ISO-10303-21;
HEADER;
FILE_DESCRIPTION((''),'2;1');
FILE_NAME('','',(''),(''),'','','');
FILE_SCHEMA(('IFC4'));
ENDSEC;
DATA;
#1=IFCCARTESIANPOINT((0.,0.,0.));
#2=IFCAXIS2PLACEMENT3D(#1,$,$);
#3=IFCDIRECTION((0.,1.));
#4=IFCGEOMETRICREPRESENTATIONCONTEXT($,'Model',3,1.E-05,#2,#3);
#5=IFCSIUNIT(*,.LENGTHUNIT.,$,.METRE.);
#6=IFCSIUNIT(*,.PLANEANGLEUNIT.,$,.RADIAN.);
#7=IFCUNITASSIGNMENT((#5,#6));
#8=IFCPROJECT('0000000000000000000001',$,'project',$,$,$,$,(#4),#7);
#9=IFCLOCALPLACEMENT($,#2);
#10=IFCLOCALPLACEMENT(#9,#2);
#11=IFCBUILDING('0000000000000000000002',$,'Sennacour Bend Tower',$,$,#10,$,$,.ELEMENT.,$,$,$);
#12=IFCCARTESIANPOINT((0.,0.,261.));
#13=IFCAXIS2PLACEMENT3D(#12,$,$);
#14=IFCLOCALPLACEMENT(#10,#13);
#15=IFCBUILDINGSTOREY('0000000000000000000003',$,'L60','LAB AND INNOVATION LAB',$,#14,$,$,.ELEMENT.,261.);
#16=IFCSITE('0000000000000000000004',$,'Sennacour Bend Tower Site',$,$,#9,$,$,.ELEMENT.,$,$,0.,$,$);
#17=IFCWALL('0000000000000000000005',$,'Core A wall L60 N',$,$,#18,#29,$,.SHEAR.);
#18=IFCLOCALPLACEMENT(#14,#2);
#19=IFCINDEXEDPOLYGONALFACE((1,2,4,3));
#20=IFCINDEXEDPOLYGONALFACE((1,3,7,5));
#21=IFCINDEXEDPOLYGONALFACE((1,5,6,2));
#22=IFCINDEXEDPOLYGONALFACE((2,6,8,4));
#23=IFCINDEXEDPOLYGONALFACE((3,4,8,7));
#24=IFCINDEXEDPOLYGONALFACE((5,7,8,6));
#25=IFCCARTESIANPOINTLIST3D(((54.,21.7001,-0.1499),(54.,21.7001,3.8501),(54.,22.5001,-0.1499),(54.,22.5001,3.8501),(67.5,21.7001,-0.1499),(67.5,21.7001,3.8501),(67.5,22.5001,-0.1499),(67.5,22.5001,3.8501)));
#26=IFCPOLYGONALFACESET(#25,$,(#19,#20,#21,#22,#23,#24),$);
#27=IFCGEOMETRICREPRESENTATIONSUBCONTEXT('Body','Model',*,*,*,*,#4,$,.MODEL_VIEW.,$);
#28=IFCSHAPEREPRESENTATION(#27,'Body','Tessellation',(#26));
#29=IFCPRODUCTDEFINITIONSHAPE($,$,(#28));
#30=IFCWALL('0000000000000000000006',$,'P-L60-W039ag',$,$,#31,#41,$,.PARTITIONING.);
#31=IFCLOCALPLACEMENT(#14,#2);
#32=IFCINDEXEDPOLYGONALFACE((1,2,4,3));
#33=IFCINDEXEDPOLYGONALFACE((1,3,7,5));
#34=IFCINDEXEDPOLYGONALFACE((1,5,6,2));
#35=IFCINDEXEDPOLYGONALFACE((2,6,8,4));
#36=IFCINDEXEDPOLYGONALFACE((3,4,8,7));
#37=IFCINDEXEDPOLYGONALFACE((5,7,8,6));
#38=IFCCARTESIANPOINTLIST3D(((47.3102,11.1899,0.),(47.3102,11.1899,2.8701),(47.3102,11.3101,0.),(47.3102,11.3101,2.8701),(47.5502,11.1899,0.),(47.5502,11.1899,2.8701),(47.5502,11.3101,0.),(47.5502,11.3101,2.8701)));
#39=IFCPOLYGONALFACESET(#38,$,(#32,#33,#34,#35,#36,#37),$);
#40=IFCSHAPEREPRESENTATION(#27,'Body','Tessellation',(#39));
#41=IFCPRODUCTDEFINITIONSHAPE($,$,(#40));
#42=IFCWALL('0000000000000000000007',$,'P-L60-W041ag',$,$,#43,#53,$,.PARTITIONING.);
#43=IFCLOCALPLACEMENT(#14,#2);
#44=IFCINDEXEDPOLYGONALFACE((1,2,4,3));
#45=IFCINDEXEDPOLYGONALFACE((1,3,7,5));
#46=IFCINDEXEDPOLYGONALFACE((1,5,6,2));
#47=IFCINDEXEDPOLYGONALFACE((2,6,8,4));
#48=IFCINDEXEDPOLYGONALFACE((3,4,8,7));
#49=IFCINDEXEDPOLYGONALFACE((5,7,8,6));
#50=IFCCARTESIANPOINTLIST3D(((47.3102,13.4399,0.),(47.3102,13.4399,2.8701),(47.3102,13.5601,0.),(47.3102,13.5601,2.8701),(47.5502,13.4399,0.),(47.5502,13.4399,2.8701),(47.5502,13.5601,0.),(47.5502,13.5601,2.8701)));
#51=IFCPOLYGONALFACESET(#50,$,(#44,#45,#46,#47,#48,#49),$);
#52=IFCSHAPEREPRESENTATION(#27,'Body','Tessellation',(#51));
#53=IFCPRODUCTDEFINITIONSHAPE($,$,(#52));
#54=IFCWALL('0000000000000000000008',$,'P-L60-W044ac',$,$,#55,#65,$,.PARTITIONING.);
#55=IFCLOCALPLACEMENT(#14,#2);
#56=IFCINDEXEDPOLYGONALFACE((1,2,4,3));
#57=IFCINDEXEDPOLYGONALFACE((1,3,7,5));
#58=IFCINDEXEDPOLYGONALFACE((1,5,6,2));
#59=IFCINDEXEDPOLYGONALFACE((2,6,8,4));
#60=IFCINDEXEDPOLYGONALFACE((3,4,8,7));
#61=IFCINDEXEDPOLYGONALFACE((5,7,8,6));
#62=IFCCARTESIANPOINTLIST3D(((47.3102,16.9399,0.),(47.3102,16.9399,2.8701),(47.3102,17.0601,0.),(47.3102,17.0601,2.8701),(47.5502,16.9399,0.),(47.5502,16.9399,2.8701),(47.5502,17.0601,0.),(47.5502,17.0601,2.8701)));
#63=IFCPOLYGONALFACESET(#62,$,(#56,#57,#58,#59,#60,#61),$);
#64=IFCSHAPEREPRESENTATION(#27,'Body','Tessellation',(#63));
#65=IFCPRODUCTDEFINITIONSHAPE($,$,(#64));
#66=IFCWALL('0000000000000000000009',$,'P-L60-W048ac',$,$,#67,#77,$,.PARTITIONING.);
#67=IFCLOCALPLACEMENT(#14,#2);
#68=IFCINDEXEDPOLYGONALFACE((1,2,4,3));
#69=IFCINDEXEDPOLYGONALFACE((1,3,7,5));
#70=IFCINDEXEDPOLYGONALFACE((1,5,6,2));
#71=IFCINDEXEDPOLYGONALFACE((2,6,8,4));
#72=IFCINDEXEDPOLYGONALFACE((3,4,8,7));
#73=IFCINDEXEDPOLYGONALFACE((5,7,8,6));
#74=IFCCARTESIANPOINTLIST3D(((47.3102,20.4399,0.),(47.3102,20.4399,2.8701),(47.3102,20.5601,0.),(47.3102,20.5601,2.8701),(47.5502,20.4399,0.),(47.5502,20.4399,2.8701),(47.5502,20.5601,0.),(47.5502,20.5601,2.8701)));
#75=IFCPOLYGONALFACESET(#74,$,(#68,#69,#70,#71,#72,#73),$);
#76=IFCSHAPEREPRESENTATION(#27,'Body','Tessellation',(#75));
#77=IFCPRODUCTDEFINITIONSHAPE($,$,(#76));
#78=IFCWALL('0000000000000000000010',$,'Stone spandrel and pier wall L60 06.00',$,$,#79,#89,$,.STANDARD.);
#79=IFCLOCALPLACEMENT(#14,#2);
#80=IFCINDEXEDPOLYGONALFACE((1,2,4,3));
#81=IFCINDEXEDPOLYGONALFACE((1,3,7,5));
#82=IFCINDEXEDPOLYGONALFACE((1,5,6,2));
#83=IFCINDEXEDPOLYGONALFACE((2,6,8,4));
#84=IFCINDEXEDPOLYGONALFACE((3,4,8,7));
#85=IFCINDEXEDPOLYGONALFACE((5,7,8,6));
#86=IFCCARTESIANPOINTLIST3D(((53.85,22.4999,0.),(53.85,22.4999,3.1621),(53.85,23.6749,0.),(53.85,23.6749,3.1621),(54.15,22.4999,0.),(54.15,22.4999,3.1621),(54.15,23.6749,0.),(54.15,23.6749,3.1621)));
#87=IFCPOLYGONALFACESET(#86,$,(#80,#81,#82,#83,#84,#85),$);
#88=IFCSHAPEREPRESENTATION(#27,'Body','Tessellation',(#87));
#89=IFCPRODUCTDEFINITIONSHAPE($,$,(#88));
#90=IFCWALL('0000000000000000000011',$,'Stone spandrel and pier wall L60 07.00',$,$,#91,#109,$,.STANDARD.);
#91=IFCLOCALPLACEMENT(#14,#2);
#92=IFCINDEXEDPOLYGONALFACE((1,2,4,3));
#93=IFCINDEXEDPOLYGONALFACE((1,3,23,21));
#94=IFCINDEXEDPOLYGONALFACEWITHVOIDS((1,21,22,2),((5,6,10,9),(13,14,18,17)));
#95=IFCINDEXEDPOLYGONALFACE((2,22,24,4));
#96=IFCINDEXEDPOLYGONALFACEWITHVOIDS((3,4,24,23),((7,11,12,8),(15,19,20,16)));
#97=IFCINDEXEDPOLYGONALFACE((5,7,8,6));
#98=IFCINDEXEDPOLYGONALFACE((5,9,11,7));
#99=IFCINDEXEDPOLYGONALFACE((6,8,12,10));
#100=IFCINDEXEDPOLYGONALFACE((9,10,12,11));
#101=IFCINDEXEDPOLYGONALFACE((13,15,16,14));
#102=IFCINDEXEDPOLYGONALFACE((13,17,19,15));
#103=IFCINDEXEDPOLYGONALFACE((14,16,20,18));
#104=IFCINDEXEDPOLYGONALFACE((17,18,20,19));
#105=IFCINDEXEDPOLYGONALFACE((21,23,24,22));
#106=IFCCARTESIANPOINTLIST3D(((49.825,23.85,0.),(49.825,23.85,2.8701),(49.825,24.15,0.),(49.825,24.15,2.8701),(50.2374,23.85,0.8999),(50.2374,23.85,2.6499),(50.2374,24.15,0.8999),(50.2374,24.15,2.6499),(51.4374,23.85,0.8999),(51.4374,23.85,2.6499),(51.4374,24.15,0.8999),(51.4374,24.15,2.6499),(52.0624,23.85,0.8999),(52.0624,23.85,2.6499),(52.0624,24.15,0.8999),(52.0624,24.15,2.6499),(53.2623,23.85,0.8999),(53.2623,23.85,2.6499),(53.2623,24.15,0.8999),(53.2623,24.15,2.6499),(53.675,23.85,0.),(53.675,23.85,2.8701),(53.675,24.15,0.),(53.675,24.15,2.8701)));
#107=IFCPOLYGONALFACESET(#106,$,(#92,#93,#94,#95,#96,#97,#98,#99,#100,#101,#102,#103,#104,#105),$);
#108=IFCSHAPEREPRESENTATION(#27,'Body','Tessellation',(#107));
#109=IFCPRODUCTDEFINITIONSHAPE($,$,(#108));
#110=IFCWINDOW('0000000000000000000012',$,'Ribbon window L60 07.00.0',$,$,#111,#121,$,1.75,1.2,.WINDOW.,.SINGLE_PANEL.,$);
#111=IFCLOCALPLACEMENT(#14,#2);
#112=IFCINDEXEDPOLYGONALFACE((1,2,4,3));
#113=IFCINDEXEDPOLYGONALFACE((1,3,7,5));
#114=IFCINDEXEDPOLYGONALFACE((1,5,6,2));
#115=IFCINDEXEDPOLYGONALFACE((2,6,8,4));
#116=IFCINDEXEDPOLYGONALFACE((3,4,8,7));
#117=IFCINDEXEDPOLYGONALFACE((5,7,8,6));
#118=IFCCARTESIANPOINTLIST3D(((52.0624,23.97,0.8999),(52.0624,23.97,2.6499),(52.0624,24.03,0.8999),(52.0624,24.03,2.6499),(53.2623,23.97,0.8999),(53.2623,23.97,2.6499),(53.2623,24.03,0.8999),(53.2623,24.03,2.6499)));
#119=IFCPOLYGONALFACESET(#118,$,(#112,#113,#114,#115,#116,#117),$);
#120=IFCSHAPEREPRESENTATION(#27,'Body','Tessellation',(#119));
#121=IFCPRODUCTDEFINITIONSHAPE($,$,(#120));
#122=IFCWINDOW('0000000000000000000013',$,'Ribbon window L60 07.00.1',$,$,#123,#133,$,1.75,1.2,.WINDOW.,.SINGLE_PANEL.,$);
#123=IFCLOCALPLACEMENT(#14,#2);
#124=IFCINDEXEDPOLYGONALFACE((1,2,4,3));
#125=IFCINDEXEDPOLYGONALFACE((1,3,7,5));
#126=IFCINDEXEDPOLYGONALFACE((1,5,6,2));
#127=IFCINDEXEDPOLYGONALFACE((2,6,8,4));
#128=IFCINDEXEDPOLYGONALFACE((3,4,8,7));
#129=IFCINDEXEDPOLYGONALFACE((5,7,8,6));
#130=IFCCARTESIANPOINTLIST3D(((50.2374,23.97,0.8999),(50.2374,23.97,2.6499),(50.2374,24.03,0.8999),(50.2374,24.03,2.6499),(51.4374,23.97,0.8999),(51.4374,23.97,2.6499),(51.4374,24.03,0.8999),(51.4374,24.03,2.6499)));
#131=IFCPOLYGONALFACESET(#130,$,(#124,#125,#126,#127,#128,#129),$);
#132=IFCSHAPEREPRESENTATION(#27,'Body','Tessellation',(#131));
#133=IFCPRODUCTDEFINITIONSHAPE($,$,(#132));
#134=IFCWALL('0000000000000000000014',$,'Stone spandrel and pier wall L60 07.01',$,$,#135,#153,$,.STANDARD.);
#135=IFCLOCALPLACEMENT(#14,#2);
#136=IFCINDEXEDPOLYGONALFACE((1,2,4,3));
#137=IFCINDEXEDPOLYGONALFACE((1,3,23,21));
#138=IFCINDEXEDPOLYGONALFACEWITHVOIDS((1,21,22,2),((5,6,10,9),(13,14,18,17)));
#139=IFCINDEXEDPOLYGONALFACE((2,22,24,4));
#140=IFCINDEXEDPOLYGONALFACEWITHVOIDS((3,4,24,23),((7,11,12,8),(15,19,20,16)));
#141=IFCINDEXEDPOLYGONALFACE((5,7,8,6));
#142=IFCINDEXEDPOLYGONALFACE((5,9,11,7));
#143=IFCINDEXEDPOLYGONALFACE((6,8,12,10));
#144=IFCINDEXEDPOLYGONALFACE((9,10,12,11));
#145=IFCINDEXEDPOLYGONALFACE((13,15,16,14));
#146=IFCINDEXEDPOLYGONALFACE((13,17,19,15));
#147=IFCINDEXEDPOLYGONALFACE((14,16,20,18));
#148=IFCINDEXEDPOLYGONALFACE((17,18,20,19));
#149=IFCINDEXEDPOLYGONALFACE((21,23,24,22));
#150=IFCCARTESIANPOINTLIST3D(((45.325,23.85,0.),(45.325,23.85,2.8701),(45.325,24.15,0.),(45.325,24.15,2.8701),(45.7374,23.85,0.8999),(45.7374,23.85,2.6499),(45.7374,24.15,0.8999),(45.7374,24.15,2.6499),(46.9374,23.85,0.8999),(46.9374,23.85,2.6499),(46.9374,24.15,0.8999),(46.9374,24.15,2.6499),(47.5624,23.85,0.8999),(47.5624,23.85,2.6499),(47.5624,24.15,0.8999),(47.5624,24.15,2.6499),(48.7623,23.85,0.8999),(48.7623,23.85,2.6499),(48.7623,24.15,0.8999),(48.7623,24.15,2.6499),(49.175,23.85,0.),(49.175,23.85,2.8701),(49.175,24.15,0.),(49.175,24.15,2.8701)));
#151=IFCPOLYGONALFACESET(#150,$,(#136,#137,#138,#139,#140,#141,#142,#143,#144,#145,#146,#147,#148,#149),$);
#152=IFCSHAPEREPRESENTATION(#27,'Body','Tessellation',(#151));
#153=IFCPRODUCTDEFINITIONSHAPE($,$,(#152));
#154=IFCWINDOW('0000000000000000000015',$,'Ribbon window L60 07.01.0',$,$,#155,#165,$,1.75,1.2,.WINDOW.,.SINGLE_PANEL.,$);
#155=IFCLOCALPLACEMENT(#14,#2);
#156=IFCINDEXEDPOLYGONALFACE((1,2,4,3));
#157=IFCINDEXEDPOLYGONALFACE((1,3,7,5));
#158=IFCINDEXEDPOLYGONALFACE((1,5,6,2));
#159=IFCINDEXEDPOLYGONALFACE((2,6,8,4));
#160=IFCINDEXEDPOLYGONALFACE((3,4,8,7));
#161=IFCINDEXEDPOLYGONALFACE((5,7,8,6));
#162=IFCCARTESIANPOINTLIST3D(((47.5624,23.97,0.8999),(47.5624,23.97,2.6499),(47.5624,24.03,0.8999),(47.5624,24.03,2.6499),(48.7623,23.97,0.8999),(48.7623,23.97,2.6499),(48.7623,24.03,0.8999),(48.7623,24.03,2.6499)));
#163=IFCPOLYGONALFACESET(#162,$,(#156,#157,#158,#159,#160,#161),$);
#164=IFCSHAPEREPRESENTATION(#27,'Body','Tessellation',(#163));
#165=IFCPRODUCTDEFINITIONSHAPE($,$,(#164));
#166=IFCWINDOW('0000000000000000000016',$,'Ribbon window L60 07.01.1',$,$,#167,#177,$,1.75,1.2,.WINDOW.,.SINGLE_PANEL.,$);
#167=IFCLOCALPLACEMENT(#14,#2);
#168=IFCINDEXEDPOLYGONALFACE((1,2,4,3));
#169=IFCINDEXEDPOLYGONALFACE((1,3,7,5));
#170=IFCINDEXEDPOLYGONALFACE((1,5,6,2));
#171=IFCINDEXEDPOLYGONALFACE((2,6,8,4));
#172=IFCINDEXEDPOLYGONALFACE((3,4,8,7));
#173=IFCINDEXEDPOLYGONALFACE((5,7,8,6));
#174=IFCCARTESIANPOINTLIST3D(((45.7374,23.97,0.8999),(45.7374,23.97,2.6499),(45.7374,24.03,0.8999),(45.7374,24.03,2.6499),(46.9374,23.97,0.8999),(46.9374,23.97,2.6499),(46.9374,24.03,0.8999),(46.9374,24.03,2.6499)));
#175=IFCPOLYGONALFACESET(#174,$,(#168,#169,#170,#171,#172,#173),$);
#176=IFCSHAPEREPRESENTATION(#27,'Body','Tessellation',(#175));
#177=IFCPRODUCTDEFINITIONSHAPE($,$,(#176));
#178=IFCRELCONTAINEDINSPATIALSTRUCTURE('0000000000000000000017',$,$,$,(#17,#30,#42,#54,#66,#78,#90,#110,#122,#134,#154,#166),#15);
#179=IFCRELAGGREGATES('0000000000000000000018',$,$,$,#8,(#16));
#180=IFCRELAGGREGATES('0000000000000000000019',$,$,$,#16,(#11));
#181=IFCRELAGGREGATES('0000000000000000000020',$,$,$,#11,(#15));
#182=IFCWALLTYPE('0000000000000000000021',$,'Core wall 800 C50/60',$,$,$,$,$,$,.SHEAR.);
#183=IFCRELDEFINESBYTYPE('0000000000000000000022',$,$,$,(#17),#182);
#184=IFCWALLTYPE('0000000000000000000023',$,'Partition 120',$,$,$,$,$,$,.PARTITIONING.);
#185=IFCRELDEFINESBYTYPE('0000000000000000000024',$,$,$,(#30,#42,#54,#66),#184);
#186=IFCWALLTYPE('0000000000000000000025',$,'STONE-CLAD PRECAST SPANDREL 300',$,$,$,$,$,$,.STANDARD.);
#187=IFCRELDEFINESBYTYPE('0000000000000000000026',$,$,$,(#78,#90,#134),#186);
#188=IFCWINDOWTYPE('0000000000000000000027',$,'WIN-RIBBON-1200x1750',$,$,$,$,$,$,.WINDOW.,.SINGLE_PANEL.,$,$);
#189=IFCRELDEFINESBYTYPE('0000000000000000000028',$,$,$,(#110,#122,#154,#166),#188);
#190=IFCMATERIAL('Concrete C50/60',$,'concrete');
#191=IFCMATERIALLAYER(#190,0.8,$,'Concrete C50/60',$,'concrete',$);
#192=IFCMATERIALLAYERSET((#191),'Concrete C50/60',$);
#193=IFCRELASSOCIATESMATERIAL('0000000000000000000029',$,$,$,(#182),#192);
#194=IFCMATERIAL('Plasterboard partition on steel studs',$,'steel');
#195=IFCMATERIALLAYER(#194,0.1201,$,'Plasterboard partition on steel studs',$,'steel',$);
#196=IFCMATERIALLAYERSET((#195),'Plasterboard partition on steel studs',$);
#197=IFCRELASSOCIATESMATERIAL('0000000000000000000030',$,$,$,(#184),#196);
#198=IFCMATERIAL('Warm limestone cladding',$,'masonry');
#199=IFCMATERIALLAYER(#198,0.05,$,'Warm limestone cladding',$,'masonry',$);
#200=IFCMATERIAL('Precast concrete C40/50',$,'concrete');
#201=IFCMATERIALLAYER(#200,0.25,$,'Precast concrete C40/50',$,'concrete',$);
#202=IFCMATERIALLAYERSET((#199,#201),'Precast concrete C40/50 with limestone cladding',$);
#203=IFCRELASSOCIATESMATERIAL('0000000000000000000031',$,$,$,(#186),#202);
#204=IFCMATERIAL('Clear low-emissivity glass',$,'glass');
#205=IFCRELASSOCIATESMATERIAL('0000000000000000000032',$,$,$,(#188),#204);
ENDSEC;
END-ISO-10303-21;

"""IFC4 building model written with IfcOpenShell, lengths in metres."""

from ifc_helpers import new_model, si_unit, direction, frame, frame_2d, origin, place, context, subcontext, project, spatial, rectangle, extrude, material, layer, layer_set, type_object, element, fill, save


model = new_model("IFC4")

# Units and contexts
model_context = context("Model", 3, precision=1e-05, world=origin(), true_north=direction((0.0, 1.0)))
body_context = subcontext(model_context, "Body", "Model", "MODEL_VIEW")
ifc_project = project(units=[si_unit("LENGTHUNIT", "METRE"), si_unit("PLANEANGLEUNIT", "RADIAN")], contexts=[model_context])

# Site, building, storey
site_placement = place(None, origin())
site = spatial("IfcSite", under=ifc_project, at=site_placement, Name="Sennacour Bend Tower Site", CompositionType="ELEMENT", RefElevation=0.0)
building_placement = place(site_placement, origin())
building = spatial("IfcBuilding", under=site, at=building_placement, Name="Sennacour Bend Tower", CompositionType="ELEMENT")
storey_placement = place(building_placement, frame((0.0, 0.0, 261.0)))
storey = spatial("IfcBuildingStorey", under=building, at=storey_placement, Name="L60", Description="LAB AND INNOVATION LAB", CompositionType="ELEMENT", Elevation=261.0)

# Walls
ifc_material_1 = material(Name="Concrete C50/60", Category="concrete")
ifc_layer_1 = layer(ifc_material_1, 0.8, Name="Concrete C50/60", Category="concrete")
ifc_layer_set_1 = layer_set([ifc_layer_1], Name="Concrete C50/60")
wall_type_1 = type_object("IfcWallType", Name="Core wall 800 C50/60", PredefinedType="SHEAR", material=ifc_layer_set_1)
wall_1_placement = place(storey_placement, frame((54.0, 22.1001, -0.1499), z_axis=(0.0, 0.0, 1.0), x_axis=(1.0, 0.0, 0.0)))
element("IfcWall", 1, at=wall_1_placement, inside=storey, type_object=wall_type_1, Name="Core A wall L60 N", PredefinedType="SHEAR", context=body_context, shape_type="SweptSolid", body=[
    extrude(rectangle(XDim=13.5, YDim=0.8, at=frame_2d((6.75, 0.0))), origin(), (0.0, 0.0, 1.0), 4.0),
])
ifc_material_2 = material(Name="Plasterboard partition on steel studs", Category="steel")
ifc_layer_2 = layer(ifc_material_2, 0.1201, Name="Plasterboard partition on steel studs", Category="steel")
ifc_layer_set_2 = layer_set([ifc_layer_2], Name="Plasterboard partition on steel studs")
wall_type_2 = type_object("IfcWallType", Name="Partition 120", PredefinedType="PARTITIONING", material=ifc_layer_set_2)
for number, where, z_axis, x_axis, name in (
    (2, (47.3101, 11.25, 0.0), (0.0, 0.0, 1.0), (1.0, 0.0, 0.0), "P-L60-W039ag"),
    (3, (47.3101, 13.5, 0.0), (0.0, 0.0, 1.0), (1.0, 0.0, 0.0), "P-L60-W041ag"),
    (4, (47.3101, 17.0, 0.0), (0.0, 0.0, 1.0), (1.0, 0.0, 0.0), "P-L60-W044ac"),
    (5, (47.3101, 20.5, 0.0), (0.0, 0.0, 1.0), (1.0, 0.0, 0.0), "P-L60-W048ac"),
):
    element("IfcWall", number, at=place(storey_placement, frame(where, z_axis=z_axis, x_axis=x_axis)), inside=storey, type_object=wall_type_2, Name=name, PredefinedType="PARTITIONING", context=body_context, shape_type="SweptSolid", body=[
        extrude(rectangle(XDim=0.24, YDim=0.1201, at=frame_2d((0.1201, 0.0))), origin(), (0.0, 0.0, 1.0), 2.8701),
    ])
ifc_material_3 = material(Name="Warm limestone cladding", Category="masonry")
ifc_layer_3 = layer(ifc_material_3, 0.05, Name="Warm limestone cladding", Category="masonry")
ifc_material_4 = material(Name="Precast concrete C40/50", Category="concrete")
ifc_layer_4 = layer(ifc_material_4, 0.25, Name="Precast concrete C40/50", Category="concrete")
ifc_layer_set_3 = layer_set([ifc_layer_3, ifc_layer_4], Name="Precast concrete C40/50 with limestone cladding")
wall_type_3 = type_object("IfcWallType", Name="STONE-CLAD PRECAST SPANDREL 300", PredefinedType="STANDARD", material=ifc_layer_set_3)
wall_2_placement = place(storey_placement, frame((54.0, 22.5, 0.0), z_axis=(0.0, 0.0, 1.0), x_axis=(0.0, 1.0, 0.0)))
element("IfcWall", 6, at=wall_2_placement, inside=storey, type_object=wall_type_3, Name="Stone spandrel and pier wall L60 06.00", PredefinedType="STANDARD", context=body_context, shape_type="SweptSolid", body=[
    extrude(rectangle(XDim=1.175, YDim=0.3, at=frame_2d((0.5874, 0.0))), origin(), (0.0, 0.0, 1.0), 3.1621),
])

# Walls, openings, windows
wall_3_placement = place(storey_placement, frame((53.675, 24.0, 0.0), z_axis=(0.0, 0.0, 1.0), x_axis=(-1.0, 0.0, 0.0)))
wall_3 = element("IfcWall", 7, at=wall_3_placement, inside=storey, type_object=wall_type_3, Name="Stone spandrel and pier wall L60 07.00", PredefinedType="STANDARD", context=body_context, shape_type="SweptSolid", body=[
    extrude(rectangle(XDim=3.8501, YDim=0.3, at=frame_2d((1.925, 0.0))), origin(), (0.0, 0.0, 1.0), 2.8701),
])
opening_1_placement = place(wall_3_placement, frame((0.4126, 0.0, 0.8999)))
opening_1 = element("IfcOpeningElement", 8, at=opening_1_placement, cuts=wall_3, PredefinedType="OPENING", context=body_context, shape_type="SweptSolid", body=[
    extrude(rectangle(XDim=1.2, YDim=1.75, at=frame_2d((0.6001, 0.875))), frame((0.0, 0.1602, 0.0), z_axis=(0.0, -1.0, 0.0), x_axis=(1.0, 0.0, 0.0)), (0.0, 0.0, 1.0), 0.3201),
])
opening_2_placement = place(wall_3_placement, frame((2.2375, 0.0, 0.8999)))
opening_2 = element("IfcOpeningElement", 9, at=opening_2_placement, cuts=wall_3, PredefinedType="OPENING", context=body_context, shape_type="SweptSolid", body=[
    extrude(rectangle(XDim=1.2, YDim=1.75, at=frame_2d((0.6001, 0.875))), frame((0.0, 0.1602, 0.0), z_axis=(0.0, -1.0, 0.0), x_axis=(1.0, 0.0, 0.0)), (0.0, 0.0, 1.0), 0.3201),
])
ifc_material_5 = material(Name="Clear low-emissivity glass", Category="glass")
window_type = type_object("IfcWindowType", Name="WIN-RIBBON-1200x1750", PartitioningType="SINGLE_PANEL", PredefinedType="WINDOW", material=ifc_material_5)
window_1_placement = place(opening_1_placement, origin())
window_1 = element("IfcWindow", 10, at=window_1_placement, inside=storey, type_object=window_type, Name="Ribbon window L60 07.00.0", OverallHeight=1.75, OverallWidth=1.2, PartitioningType="SINGLE_PANEL", PredefinedType="WINDOW", context=body_context, shape_type="SweptSolid", body=[
    extrude(rectangle(XDim=1.2, YDim=1.75, at=frame_2d((0.6001, 0.875))), frame((0.0, 0.03, 0.0), z_axis=(0.0, -1.0, 0.0), x_axis=(1.0, 0.0, 0.0)), (0.0, 0.0, 1.0), 0.0601),
])
fill(opening_1, window_1)
window_2_placement = place(opening_2_placement, origin())
window_2 = element("IfcWindow", 11, at=window_2_placement, inside=storey, type_object=window_type, Name="Ribbon window L60 07.00.1", OverallHeight=1.75, OverallWidth=1.2, PartitioningType="SINGLE_PANEL", PredefinedType="WINDOW", context=body_context, shape_type="SweptSolid", body=[
    extrude(rectangle(XDim=1.2, YDim=1.75, at=frame_2d((0.6001, 0.875))), frame((0.0, 0.03, 0.0), z_axis=(0.0, -1.0, 0.0), x_axis=(1.0, 0.0, 0.0)), (0.0, 0.0, 1.0), 0.0601),
])
fill(opening_2, window_2)
wall_4_placement = place(storey_placement, frame((49.175, 24.0, 0.0), z_axis=(0.0, 0.0, 1.0), x_axis=(-1.0, 0.0, 0.0)))
wall_4 = element("IfcWall", 12, at=wall_4_placement, inside=storey, type_object=wall_type_3, Name="Stone spandrel and pier wall L60 07.01", PredefinedType="STANDARD", context=body_context, shape_type="SweptSolid", body=[
    extrude(rectangle(XDim=3.8501, YDim=0.3, at=frame_2d((1.925, 0.0))), origin(), (0.0, 0.0, 1.0), 2.8701),
])
opening_3_placement = place(wall_4_placement, frame((0.4126, 0.0, 0.8999)))
opening_3 = element("IfcOpeningElement", 13, at=opening_3_placement, cuts=wall_4, PredefinedType="OPENING", context=body_context, shape_type="SweptSolid", body=[
    extrude(rectangle(XDim=1.2, YDim=1.75, at=frame_2d((0.6001, 0.875))), frame((0.0, 0.1602, 0.0), z_axis=(0.0, -1.0, 0.0), x_axis=(1.0, 0.0, 0.0)), (0.0, 0.0, 1.0), 0.3201),
])
opening_4_placement = place(wall_4_placement, frame((2.2375, 0.0, 0.8999)))
opening_4 = element("IfcOpeningElement", 14, at=opening_4_placement, cuts=wall_4, PredefinedType="OPENING", context=body_context, shape_type="SweptSolid", body=[
    extrude(rectangle(XDim=1.2, YDim=1.75, at=frame_2d((0.6001, 0.875))), frame((0.0, 0.1602, 0.0), z_axis=(0.0, -1.0, 0.0), x_axis=(1.0, 0.0, 0.0)), (0.0, 0.0, 1.0), 0.3201),
])
window_3_placement = place(opening_3_placement, origin())
window_3 = element("IfcWindow", 15, at=window_3_placement, inside=storey, type_object=window_type, Name="Ribbon window L60 07.01.0", OverallHeight=1.75, OverallWidth=1.2, PartitioningType="SINGLE_PANEL", PredefinedType="WINDOW", context=body_context, shape_type="SweptSolid", body=[
    extrude(rectangle(XDim=1.2, YDim=1.75, at=frame_2d((0.6001, 0.875))), frame((0.0, 0.03, 0.0), z_axis=(0.0, -1.0, 0.0), x_axis=(1.0, 0.0, 0.0)), (0.0, 0.0, 1.0), 0.0601),
])
fill(opening_3, window_3)
window_4_placement = place(opening_4_placement, origin())
window_4 = element("IfcWindow", 16, at=window_4_placement, inside=storey, type_object=window_type, Name="Ribbon window L60 07.01.1", OverallHeight=1.75, OverallWidth=1.2, PartitioningType="SINGLE_PANEL", PredefinedType="WINDOW", context=body_context, shape_type="SweptSolid", body=[
    extrude(rectangle(XDim=1.2, YDim=1.75, at=frame_2d((0.6001, 0.875))), frame((0.0, 0.03, 0.0), z_axis=(0.0, -1.0, 0.0), x_axis=(1.0, 0.0, 0.0)), (0.0, 0.0, 1.0), 0.0601),
])
fill(opening_4, window_4)

save(model, "model.ifc")
